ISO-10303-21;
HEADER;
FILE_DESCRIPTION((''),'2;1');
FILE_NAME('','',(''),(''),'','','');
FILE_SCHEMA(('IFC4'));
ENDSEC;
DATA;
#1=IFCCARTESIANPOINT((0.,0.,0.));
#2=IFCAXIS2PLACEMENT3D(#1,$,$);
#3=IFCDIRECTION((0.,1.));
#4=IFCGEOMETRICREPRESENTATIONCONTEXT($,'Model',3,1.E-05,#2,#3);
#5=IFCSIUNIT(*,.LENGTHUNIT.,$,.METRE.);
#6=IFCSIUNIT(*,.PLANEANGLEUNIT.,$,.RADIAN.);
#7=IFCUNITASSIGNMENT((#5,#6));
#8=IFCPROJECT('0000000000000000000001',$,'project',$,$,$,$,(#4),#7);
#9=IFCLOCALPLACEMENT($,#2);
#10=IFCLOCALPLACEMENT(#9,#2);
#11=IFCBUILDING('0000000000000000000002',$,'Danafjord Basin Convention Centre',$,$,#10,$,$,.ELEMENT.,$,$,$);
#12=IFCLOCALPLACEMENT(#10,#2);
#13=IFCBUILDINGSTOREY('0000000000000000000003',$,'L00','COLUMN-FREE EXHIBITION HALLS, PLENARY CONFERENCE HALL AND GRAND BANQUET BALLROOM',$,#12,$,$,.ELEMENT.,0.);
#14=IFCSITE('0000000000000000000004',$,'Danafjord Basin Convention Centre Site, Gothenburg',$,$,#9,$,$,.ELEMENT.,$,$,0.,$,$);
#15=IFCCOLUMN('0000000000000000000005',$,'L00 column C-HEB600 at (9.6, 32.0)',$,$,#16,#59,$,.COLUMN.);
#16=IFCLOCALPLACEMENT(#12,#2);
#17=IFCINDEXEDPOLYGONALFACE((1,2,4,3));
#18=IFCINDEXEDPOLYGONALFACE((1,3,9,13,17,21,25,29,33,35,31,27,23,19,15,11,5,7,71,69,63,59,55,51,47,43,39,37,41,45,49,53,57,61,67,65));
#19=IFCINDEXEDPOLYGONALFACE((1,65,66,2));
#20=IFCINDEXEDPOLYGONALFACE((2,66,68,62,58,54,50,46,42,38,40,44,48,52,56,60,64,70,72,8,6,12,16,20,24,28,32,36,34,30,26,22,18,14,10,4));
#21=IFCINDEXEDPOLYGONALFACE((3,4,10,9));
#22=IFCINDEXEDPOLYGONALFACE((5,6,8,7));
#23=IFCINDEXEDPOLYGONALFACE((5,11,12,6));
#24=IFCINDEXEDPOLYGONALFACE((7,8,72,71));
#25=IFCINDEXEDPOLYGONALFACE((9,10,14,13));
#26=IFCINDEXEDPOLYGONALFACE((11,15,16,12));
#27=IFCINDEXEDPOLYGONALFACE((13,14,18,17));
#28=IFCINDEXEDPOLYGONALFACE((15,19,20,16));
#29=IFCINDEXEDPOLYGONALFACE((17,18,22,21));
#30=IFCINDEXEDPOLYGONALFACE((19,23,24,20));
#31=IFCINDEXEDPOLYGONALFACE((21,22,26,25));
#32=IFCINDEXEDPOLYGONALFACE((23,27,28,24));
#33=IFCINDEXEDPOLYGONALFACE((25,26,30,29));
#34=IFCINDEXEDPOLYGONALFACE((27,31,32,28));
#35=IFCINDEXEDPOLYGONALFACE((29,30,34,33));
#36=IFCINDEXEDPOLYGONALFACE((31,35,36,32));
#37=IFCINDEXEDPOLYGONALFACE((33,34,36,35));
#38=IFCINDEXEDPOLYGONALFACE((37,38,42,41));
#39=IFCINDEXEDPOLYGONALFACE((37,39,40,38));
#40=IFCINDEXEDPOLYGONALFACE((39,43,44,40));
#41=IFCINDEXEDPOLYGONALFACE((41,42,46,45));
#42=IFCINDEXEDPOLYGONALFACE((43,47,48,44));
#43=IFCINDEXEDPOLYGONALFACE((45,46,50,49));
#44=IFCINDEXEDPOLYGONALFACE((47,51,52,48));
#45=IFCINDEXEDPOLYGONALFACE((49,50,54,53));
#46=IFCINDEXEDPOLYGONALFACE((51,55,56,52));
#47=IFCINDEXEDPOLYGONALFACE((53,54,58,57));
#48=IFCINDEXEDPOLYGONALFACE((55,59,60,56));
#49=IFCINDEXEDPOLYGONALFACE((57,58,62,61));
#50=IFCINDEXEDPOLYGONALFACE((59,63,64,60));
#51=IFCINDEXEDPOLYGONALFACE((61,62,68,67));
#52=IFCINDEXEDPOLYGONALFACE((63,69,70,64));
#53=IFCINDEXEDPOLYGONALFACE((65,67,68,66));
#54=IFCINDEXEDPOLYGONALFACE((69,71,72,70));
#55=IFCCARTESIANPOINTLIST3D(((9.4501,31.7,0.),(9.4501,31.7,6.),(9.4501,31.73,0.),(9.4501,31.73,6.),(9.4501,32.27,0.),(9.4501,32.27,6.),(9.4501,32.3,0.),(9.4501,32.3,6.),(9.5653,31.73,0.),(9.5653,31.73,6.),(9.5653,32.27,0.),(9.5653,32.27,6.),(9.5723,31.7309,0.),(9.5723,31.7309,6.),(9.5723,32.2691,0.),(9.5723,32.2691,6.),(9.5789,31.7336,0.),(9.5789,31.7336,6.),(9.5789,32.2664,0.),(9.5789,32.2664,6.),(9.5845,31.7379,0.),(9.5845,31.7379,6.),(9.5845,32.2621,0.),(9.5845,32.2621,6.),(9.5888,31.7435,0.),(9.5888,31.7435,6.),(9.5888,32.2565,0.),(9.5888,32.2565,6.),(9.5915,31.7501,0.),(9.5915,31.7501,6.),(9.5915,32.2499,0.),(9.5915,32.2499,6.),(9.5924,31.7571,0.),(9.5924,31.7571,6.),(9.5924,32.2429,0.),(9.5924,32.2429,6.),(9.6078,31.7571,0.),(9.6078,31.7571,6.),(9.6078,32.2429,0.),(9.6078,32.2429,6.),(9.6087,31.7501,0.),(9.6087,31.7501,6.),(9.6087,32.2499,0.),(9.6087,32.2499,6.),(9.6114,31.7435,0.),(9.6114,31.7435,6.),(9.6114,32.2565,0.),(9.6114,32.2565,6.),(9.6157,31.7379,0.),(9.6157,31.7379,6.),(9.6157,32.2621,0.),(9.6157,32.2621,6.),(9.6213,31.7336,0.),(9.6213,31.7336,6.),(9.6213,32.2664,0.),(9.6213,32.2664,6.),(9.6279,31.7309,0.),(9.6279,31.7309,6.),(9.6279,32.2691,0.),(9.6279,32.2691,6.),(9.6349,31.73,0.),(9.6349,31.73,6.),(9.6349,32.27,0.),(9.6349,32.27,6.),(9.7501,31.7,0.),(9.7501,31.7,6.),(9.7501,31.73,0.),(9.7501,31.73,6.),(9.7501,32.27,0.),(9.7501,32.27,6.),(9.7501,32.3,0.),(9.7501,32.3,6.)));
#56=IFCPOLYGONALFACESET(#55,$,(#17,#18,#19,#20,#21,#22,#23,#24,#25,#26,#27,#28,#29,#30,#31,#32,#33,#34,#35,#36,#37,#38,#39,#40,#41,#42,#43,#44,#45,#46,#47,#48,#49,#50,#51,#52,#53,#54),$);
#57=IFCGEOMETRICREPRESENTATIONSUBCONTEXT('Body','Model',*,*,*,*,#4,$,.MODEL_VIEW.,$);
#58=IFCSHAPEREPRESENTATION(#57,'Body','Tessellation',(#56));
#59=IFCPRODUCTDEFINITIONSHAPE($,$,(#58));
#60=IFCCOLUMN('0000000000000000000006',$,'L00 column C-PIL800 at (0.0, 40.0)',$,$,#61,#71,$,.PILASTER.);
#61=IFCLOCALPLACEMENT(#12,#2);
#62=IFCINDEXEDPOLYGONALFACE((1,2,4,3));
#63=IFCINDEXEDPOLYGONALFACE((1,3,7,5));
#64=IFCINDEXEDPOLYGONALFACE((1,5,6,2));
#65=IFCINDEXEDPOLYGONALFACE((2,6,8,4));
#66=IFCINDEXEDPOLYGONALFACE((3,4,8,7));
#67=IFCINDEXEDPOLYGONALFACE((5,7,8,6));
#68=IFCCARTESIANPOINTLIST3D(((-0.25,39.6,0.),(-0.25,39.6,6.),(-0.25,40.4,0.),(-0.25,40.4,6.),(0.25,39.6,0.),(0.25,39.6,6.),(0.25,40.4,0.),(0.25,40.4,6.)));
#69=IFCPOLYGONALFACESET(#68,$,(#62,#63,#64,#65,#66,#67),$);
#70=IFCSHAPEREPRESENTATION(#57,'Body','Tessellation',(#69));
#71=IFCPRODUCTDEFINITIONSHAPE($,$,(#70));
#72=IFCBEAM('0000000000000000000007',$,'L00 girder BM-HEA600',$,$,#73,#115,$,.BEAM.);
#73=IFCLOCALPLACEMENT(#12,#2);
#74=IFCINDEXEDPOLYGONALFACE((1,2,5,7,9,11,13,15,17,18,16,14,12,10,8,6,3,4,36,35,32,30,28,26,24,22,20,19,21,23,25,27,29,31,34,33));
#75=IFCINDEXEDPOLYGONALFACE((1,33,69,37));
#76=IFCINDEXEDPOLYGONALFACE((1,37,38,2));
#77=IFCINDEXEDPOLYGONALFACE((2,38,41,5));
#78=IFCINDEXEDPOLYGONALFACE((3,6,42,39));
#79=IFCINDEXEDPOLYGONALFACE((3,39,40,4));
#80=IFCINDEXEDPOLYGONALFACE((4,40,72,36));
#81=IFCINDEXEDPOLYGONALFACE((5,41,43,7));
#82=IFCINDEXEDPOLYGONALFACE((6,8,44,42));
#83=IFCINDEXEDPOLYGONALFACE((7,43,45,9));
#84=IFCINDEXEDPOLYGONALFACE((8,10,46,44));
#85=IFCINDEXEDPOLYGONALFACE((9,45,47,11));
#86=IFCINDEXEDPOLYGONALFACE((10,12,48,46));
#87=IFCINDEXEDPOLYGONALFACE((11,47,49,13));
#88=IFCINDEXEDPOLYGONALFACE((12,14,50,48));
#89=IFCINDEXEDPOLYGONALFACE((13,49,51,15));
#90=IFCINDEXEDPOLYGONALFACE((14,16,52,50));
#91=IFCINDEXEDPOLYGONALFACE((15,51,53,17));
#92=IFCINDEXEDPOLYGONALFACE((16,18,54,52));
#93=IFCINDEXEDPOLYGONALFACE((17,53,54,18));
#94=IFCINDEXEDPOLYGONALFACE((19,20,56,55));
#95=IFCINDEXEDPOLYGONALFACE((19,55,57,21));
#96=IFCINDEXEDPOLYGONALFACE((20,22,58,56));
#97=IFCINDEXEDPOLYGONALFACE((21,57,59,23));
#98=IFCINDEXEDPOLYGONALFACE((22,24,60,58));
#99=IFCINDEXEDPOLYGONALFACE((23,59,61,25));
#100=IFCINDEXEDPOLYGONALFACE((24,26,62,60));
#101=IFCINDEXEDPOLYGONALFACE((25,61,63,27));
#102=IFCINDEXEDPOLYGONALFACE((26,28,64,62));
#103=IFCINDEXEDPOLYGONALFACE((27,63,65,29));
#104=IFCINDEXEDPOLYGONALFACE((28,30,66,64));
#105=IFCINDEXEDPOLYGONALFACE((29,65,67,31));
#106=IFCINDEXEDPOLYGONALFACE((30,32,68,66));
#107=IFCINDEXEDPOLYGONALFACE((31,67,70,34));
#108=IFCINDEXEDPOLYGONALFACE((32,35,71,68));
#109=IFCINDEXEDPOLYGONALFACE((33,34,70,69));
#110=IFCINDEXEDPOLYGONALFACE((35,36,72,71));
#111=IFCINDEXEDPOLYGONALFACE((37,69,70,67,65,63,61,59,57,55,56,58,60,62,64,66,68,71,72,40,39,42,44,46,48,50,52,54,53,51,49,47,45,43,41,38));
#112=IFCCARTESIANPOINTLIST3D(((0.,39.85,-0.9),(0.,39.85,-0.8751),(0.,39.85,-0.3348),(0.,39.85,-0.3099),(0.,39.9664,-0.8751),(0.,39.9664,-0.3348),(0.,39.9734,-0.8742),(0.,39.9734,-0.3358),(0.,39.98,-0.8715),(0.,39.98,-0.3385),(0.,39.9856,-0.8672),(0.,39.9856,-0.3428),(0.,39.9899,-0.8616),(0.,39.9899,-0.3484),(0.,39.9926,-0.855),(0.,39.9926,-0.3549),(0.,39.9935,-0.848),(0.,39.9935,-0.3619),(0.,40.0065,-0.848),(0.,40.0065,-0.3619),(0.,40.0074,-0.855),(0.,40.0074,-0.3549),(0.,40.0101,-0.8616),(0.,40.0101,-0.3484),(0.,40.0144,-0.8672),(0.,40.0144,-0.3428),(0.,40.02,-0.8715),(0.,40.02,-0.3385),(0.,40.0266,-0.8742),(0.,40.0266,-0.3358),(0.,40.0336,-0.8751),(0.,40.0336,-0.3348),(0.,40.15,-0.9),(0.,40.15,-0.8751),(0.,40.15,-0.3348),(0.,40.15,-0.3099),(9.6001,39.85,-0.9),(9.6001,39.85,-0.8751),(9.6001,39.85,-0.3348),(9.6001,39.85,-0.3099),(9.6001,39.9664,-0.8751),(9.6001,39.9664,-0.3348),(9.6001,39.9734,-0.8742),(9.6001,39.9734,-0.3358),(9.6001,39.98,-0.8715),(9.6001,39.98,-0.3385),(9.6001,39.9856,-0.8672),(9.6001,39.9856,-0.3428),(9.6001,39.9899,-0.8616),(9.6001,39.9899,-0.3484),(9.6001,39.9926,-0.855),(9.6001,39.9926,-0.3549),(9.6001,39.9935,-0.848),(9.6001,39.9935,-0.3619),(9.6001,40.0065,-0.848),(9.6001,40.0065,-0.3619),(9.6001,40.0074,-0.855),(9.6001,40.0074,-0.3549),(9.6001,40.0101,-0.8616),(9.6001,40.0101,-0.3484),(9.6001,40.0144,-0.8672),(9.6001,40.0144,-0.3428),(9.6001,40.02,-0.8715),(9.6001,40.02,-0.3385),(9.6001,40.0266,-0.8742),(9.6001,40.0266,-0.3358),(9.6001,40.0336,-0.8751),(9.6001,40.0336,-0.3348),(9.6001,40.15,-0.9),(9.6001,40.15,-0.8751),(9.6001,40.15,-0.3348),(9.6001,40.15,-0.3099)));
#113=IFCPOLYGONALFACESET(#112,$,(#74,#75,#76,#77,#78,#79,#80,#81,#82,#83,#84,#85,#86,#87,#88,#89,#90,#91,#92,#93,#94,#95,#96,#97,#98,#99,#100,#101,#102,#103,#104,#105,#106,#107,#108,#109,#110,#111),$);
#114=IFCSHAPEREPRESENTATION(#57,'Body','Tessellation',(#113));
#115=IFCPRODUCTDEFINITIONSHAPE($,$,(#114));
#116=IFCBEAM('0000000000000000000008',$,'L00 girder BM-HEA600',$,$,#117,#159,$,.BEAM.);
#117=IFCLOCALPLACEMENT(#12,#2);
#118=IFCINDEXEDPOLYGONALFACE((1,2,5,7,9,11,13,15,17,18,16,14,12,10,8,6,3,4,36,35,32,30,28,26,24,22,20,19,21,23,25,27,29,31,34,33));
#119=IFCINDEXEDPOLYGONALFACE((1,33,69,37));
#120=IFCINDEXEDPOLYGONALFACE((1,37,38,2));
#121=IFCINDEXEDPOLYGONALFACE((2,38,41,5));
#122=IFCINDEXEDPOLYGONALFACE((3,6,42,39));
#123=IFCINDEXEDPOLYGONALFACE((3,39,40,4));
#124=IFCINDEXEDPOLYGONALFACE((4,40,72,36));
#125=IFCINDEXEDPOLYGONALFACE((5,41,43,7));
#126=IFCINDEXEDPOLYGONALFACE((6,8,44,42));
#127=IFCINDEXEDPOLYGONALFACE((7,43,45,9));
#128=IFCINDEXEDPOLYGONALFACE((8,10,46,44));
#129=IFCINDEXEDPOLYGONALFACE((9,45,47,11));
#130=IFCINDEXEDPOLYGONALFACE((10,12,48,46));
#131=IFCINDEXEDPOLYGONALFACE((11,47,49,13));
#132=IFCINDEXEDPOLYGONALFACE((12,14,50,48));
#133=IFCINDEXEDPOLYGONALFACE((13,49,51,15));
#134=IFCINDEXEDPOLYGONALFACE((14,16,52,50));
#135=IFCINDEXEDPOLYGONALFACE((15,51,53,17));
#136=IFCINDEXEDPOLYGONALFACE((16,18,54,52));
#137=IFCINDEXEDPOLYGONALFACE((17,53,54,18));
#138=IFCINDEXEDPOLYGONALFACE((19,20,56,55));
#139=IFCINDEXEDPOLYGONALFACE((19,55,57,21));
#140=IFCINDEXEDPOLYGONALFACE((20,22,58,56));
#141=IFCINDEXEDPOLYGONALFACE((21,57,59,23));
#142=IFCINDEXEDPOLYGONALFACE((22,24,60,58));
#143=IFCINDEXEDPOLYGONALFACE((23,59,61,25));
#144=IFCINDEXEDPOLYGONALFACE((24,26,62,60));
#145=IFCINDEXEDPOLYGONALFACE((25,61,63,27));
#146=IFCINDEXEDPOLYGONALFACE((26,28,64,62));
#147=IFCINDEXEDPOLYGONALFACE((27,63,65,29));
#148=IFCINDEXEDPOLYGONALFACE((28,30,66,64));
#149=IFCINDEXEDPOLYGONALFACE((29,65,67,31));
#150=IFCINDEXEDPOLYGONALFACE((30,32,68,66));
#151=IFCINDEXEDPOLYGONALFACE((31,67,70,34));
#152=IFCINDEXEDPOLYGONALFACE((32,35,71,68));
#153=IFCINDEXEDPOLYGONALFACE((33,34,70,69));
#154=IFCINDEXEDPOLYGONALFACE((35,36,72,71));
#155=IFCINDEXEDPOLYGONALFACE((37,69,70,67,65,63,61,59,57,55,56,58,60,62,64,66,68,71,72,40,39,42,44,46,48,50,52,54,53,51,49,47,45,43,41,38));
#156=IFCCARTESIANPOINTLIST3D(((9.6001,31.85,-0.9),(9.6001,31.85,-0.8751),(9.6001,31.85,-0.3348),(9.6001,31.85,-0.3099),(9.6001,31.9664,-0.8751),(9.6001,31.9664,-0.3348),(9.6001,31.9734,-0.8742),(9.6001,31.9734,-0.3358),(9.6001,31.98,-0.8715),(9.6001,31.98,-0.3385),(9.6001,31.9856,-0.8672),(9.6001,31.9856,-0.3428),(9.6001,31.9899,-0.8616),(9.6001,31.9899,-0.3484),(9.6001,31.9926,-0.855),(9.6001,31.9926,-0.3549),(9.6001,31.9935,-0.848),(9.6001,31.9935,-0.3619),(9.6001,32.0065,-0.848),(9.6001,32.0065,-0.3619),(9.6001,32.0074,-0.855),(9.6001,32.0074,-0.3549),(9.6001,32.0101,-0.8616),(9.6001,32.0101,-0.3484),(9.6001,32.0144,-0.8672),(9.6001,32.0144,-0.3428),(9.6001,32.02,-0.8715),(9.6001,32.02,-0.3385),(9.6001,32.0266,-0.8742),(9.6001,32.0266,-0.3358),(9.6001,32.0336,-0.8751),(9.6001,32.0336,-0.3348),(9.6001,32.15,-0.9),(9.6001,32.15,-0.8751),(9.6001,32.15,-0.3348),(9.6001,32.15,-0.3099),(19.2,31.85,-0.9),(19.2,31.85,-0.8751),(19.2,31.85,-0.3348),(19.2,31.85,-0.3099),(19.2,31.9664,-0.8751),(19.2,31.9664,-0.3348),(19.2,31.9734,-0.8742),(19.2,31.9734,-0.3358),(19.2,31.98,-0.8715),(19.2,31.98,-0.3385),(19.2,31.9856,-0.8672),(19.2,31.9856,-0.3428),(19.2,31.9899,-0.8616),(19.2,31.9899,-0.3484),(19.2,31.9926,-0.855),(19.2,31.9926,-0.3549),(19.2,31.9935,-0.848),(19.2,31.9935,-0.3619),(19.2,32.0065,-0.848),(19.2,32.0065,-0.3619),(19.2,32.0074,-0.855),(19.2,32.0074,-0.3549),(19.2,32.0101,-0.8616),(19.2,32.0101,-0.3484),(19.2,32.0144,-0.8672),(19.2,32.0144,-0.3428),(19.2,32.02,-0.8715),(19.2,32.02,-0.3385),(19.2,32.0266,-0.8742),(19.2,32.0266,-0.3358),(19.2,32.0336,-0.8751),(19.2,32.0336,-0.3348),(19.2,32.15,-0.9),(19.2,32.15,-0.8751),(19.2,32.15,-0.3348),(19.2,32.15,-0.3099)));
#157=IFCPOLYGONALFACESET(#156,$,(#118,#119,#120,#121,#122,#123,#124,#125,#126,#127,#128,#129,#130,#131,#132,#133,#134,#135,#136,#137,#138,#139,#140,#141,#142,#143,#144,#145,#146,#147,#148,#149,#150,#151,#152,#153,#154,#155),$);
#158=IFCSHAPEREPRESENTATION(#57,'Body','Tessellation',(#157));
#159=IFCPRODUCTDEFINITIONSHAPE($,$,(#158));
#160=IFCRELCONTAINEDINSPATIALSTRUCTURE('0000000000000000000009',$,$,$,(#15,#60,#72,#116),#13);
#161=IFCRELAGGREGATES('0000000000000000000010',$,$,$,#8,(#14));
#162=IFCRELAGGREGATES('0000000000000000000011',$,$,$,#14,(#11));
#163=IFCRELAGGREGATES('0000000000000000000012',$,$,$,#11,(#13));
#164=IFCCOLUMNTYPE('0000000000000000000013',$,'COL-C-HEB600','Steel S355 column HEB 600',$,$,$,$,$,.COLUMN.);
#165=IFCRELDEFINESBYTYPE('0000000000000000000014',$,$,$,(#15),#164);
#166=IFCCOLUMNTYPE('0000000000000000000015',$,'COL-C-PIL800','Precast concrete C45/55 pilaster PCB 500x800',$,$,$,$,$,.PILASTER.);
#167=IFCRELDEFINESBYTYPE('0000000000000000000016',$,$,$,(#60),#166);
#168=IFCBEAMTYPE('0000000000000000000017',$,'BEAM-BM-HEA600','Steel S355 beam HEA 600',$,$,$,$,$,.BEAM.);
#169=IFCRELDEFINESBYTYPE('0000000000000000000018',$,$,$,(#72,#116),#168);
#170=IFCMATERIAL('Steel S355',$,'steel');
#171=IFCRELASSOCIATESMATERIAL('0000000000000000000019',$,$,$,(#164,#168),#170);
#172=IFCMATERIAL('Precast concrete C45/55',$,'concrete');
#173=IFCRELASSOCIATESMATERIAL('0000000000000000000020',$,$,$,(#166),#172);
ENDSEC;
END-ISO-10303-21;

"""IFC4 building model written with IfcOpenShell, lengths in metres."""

from ifc_helpers import new_model, si_unit, direction, frame, origin, origin_2d, place, context, subcontext, project, spatial, rectangle, i_section, extrude, material, material_profile, profile_set, type_object, element, save


model = new_model("IFC4")

# Units and contexts
model_context = context("Model", 3, precision=1e-05, world=origin(), true_north=direction((0.0, 1.0)))
body_context = subcontext(model_context, "Body", "Model", "MODEL_VIEW")
ifc_project = project(units=[si_unit("LENGTHUNIT", "METRE"), si_unit("PLANEANGLEUNIT", "RADIAN")], contexts=[model_context])

# Site, building, storey
site_placement = place(None, origin())
site = spatial("IfcSite", under=ifc_project, at=site_placement, Name="Danafjord Basin Convention Centre Site, Gothenburg", CompositionType="ELEMENT", RefElevation=0.0)
building_placement = place(site_placement, origin())
building = spatial("IfcBuilding", under=site, at=building_placement, Name="Danafjord Basin Convention Centre", CompositionType="ELEMENT")
storey_placement = place(building_placement, origin())
storey = spatial("IfcBuildingStorey", under=building, at=storey_placement, Name="L00", Description="COLUMN-FREE EXHIBITION HALLS, PLENARY CONFERENCE HALL AND GRAND BANQUET BALLROOM", CompositionType="ELEMENT", Elevation=0.0)

# Columns
ifc_material_1 = material(Name="Steel S355", Category="steel")
ifc_material_profile_1 = material_profile(ifc_material_1, i_section(OverallWidth=0.3, OverallDepth=0.6001, WebThickness=0.0154, FlangeThickness=0.03, FilletRadius=0.0271, at=origin_2d()), Name="HEB 600")
ifc_profile_set_1 = profile_set([ifc_material_profile_1], Name="Steel S355")
column_type_1 = type_object("IfcColumnType", Name="COL-C-HEB600", Description="Steel S355 column HEB 600", PredefinedType="COLUMN", material=ifc_profile_set_1)
column_1_placement = place(storey_placement, frame((9.6001, 32.0, 0.0), z_axis=(0.0, 0.0, 1.0), x_axis=(1.0, 0.0, 0.0)))
element("IfcColumn", 1, at=column_1_placement, inside=storey, type_object=column_type_1, Name="L00 column C-HEB600 at (9.6, 32.0)", PredefinedType="COLUMN", context=body_context, shape_type="SweptSolid", body=[
    extrude(i_section(OverallWidth=0.3, OverallDepth=0.6001, WebThickness=0.0154, FlangeThickness=0.03, FilletRadius=0.0271, at=origin_2d()), origin(), (0.0, 0.0, 1.0), 6.0),
])
ifc_material_2 = material(Name="Precast concrete C45/55", Category="concrete")
ifc_material_profile_2 = material_profile(ifc_material_2, rectangle(XDim=0.5, YDim=0.8, at=origin_2d()), Name="PCB 500x800")
ifc_profile_set_2 = profile_set([ifc_material_profile_2], Name="Precast concrete C45/55")
column_type_2 = type_object("IfcColumnType", Name="COL-C-PIL800", Description="Precast concrete C45/55 pilaster PCB 500x800", PredefinedType="PILASTER", material=ifc_profile_set_2)
column_2_placement = place(storey_placement, frame((0.0, 40.0, 0.0), z_axis=(0.0, 0.0, 1.0), x_axis=(1.0, 0.0, 0.0)))
element("IfcColumn", 2, at=column_2_placement, inside=storey, type_object=column_type_2, Name="L00 column C-PIL800 at (0.0, 40.0)", PredefinedType="PILASTER", context=body_context, shape_type="SweptSolid", body=[
    extrude(rectangle(XDim=0.5, YDim=0.8, at=origin_2d()), origin(), (0.0, 0.0, 1.0), 6.0),
])

# Beams
ifc_material_profile_3 = material_profile(ifc_material_1, i_section(OverallWidth=0.3, OverallDepth=0.5901, WebThickness=0.0129, FlangeThickness=0.0249, FilletRadius=0.0271, at=origin_2d()), Name="HEA 600")
ifc_profile_set_3 = profile_set([ifc_material_profile_3], Name="Steel S355")
beam_type_1 = type_object("IfcBeamType", Name="BEAM-BM-HEA600", Description="Steel S355 beam HEA 600", PredefinedType="BEAM", material=ifc_profile_set_3)
beam_1_placement = place(storey_placement, frame((0.0, 40.0, -0.605), z_axis=(1.0, 0.0, 0.0), x_axis=(0.0, 1.0, 0.0)))
element("IfcBeam", 3, at=beam_1_placement, inside=storey, type_object=beam_type_1, Name="L00 girder BM-HEA600", PredefinedType="BEAM", context=body_context, shape_type="SweptSolid", body=[
    extrude(i_section(OverallWidth=0.3, OverallDepth=0.5901, WebThickness=0.0129, FlangeThickness=0.0249, FilletRadius=0.0271, at=origin_2d()), origin(), (0.0, 0.0, 1.0), 9.6001),
])
beam_2_placement = place(storey_placement, frame((9.6001, 32.0, -0.605), z_axis=(1.0, 0.0, 0.0), x_axis=(0.0, 1.0, 0.0)))
element("IfcBeam", 4, at=beam_2_placement, inside=storey, type_object=beam_type_1, Name="L00 girder BM-HEA600", PredefinedType="BEAM", context=body_context, shape_type="SweptSolid", body=[
    extrude(i_section(OverallWidth=0.3, OverallDepth=0.5901, WebThickness=0.0129, FlangeThickness=0.0249, FilletRadius=0.0271, at=origin_2d()), origin(), (0.0, 0.0, 1.0), 9.5999),
])

save(model, "model.ifc")
